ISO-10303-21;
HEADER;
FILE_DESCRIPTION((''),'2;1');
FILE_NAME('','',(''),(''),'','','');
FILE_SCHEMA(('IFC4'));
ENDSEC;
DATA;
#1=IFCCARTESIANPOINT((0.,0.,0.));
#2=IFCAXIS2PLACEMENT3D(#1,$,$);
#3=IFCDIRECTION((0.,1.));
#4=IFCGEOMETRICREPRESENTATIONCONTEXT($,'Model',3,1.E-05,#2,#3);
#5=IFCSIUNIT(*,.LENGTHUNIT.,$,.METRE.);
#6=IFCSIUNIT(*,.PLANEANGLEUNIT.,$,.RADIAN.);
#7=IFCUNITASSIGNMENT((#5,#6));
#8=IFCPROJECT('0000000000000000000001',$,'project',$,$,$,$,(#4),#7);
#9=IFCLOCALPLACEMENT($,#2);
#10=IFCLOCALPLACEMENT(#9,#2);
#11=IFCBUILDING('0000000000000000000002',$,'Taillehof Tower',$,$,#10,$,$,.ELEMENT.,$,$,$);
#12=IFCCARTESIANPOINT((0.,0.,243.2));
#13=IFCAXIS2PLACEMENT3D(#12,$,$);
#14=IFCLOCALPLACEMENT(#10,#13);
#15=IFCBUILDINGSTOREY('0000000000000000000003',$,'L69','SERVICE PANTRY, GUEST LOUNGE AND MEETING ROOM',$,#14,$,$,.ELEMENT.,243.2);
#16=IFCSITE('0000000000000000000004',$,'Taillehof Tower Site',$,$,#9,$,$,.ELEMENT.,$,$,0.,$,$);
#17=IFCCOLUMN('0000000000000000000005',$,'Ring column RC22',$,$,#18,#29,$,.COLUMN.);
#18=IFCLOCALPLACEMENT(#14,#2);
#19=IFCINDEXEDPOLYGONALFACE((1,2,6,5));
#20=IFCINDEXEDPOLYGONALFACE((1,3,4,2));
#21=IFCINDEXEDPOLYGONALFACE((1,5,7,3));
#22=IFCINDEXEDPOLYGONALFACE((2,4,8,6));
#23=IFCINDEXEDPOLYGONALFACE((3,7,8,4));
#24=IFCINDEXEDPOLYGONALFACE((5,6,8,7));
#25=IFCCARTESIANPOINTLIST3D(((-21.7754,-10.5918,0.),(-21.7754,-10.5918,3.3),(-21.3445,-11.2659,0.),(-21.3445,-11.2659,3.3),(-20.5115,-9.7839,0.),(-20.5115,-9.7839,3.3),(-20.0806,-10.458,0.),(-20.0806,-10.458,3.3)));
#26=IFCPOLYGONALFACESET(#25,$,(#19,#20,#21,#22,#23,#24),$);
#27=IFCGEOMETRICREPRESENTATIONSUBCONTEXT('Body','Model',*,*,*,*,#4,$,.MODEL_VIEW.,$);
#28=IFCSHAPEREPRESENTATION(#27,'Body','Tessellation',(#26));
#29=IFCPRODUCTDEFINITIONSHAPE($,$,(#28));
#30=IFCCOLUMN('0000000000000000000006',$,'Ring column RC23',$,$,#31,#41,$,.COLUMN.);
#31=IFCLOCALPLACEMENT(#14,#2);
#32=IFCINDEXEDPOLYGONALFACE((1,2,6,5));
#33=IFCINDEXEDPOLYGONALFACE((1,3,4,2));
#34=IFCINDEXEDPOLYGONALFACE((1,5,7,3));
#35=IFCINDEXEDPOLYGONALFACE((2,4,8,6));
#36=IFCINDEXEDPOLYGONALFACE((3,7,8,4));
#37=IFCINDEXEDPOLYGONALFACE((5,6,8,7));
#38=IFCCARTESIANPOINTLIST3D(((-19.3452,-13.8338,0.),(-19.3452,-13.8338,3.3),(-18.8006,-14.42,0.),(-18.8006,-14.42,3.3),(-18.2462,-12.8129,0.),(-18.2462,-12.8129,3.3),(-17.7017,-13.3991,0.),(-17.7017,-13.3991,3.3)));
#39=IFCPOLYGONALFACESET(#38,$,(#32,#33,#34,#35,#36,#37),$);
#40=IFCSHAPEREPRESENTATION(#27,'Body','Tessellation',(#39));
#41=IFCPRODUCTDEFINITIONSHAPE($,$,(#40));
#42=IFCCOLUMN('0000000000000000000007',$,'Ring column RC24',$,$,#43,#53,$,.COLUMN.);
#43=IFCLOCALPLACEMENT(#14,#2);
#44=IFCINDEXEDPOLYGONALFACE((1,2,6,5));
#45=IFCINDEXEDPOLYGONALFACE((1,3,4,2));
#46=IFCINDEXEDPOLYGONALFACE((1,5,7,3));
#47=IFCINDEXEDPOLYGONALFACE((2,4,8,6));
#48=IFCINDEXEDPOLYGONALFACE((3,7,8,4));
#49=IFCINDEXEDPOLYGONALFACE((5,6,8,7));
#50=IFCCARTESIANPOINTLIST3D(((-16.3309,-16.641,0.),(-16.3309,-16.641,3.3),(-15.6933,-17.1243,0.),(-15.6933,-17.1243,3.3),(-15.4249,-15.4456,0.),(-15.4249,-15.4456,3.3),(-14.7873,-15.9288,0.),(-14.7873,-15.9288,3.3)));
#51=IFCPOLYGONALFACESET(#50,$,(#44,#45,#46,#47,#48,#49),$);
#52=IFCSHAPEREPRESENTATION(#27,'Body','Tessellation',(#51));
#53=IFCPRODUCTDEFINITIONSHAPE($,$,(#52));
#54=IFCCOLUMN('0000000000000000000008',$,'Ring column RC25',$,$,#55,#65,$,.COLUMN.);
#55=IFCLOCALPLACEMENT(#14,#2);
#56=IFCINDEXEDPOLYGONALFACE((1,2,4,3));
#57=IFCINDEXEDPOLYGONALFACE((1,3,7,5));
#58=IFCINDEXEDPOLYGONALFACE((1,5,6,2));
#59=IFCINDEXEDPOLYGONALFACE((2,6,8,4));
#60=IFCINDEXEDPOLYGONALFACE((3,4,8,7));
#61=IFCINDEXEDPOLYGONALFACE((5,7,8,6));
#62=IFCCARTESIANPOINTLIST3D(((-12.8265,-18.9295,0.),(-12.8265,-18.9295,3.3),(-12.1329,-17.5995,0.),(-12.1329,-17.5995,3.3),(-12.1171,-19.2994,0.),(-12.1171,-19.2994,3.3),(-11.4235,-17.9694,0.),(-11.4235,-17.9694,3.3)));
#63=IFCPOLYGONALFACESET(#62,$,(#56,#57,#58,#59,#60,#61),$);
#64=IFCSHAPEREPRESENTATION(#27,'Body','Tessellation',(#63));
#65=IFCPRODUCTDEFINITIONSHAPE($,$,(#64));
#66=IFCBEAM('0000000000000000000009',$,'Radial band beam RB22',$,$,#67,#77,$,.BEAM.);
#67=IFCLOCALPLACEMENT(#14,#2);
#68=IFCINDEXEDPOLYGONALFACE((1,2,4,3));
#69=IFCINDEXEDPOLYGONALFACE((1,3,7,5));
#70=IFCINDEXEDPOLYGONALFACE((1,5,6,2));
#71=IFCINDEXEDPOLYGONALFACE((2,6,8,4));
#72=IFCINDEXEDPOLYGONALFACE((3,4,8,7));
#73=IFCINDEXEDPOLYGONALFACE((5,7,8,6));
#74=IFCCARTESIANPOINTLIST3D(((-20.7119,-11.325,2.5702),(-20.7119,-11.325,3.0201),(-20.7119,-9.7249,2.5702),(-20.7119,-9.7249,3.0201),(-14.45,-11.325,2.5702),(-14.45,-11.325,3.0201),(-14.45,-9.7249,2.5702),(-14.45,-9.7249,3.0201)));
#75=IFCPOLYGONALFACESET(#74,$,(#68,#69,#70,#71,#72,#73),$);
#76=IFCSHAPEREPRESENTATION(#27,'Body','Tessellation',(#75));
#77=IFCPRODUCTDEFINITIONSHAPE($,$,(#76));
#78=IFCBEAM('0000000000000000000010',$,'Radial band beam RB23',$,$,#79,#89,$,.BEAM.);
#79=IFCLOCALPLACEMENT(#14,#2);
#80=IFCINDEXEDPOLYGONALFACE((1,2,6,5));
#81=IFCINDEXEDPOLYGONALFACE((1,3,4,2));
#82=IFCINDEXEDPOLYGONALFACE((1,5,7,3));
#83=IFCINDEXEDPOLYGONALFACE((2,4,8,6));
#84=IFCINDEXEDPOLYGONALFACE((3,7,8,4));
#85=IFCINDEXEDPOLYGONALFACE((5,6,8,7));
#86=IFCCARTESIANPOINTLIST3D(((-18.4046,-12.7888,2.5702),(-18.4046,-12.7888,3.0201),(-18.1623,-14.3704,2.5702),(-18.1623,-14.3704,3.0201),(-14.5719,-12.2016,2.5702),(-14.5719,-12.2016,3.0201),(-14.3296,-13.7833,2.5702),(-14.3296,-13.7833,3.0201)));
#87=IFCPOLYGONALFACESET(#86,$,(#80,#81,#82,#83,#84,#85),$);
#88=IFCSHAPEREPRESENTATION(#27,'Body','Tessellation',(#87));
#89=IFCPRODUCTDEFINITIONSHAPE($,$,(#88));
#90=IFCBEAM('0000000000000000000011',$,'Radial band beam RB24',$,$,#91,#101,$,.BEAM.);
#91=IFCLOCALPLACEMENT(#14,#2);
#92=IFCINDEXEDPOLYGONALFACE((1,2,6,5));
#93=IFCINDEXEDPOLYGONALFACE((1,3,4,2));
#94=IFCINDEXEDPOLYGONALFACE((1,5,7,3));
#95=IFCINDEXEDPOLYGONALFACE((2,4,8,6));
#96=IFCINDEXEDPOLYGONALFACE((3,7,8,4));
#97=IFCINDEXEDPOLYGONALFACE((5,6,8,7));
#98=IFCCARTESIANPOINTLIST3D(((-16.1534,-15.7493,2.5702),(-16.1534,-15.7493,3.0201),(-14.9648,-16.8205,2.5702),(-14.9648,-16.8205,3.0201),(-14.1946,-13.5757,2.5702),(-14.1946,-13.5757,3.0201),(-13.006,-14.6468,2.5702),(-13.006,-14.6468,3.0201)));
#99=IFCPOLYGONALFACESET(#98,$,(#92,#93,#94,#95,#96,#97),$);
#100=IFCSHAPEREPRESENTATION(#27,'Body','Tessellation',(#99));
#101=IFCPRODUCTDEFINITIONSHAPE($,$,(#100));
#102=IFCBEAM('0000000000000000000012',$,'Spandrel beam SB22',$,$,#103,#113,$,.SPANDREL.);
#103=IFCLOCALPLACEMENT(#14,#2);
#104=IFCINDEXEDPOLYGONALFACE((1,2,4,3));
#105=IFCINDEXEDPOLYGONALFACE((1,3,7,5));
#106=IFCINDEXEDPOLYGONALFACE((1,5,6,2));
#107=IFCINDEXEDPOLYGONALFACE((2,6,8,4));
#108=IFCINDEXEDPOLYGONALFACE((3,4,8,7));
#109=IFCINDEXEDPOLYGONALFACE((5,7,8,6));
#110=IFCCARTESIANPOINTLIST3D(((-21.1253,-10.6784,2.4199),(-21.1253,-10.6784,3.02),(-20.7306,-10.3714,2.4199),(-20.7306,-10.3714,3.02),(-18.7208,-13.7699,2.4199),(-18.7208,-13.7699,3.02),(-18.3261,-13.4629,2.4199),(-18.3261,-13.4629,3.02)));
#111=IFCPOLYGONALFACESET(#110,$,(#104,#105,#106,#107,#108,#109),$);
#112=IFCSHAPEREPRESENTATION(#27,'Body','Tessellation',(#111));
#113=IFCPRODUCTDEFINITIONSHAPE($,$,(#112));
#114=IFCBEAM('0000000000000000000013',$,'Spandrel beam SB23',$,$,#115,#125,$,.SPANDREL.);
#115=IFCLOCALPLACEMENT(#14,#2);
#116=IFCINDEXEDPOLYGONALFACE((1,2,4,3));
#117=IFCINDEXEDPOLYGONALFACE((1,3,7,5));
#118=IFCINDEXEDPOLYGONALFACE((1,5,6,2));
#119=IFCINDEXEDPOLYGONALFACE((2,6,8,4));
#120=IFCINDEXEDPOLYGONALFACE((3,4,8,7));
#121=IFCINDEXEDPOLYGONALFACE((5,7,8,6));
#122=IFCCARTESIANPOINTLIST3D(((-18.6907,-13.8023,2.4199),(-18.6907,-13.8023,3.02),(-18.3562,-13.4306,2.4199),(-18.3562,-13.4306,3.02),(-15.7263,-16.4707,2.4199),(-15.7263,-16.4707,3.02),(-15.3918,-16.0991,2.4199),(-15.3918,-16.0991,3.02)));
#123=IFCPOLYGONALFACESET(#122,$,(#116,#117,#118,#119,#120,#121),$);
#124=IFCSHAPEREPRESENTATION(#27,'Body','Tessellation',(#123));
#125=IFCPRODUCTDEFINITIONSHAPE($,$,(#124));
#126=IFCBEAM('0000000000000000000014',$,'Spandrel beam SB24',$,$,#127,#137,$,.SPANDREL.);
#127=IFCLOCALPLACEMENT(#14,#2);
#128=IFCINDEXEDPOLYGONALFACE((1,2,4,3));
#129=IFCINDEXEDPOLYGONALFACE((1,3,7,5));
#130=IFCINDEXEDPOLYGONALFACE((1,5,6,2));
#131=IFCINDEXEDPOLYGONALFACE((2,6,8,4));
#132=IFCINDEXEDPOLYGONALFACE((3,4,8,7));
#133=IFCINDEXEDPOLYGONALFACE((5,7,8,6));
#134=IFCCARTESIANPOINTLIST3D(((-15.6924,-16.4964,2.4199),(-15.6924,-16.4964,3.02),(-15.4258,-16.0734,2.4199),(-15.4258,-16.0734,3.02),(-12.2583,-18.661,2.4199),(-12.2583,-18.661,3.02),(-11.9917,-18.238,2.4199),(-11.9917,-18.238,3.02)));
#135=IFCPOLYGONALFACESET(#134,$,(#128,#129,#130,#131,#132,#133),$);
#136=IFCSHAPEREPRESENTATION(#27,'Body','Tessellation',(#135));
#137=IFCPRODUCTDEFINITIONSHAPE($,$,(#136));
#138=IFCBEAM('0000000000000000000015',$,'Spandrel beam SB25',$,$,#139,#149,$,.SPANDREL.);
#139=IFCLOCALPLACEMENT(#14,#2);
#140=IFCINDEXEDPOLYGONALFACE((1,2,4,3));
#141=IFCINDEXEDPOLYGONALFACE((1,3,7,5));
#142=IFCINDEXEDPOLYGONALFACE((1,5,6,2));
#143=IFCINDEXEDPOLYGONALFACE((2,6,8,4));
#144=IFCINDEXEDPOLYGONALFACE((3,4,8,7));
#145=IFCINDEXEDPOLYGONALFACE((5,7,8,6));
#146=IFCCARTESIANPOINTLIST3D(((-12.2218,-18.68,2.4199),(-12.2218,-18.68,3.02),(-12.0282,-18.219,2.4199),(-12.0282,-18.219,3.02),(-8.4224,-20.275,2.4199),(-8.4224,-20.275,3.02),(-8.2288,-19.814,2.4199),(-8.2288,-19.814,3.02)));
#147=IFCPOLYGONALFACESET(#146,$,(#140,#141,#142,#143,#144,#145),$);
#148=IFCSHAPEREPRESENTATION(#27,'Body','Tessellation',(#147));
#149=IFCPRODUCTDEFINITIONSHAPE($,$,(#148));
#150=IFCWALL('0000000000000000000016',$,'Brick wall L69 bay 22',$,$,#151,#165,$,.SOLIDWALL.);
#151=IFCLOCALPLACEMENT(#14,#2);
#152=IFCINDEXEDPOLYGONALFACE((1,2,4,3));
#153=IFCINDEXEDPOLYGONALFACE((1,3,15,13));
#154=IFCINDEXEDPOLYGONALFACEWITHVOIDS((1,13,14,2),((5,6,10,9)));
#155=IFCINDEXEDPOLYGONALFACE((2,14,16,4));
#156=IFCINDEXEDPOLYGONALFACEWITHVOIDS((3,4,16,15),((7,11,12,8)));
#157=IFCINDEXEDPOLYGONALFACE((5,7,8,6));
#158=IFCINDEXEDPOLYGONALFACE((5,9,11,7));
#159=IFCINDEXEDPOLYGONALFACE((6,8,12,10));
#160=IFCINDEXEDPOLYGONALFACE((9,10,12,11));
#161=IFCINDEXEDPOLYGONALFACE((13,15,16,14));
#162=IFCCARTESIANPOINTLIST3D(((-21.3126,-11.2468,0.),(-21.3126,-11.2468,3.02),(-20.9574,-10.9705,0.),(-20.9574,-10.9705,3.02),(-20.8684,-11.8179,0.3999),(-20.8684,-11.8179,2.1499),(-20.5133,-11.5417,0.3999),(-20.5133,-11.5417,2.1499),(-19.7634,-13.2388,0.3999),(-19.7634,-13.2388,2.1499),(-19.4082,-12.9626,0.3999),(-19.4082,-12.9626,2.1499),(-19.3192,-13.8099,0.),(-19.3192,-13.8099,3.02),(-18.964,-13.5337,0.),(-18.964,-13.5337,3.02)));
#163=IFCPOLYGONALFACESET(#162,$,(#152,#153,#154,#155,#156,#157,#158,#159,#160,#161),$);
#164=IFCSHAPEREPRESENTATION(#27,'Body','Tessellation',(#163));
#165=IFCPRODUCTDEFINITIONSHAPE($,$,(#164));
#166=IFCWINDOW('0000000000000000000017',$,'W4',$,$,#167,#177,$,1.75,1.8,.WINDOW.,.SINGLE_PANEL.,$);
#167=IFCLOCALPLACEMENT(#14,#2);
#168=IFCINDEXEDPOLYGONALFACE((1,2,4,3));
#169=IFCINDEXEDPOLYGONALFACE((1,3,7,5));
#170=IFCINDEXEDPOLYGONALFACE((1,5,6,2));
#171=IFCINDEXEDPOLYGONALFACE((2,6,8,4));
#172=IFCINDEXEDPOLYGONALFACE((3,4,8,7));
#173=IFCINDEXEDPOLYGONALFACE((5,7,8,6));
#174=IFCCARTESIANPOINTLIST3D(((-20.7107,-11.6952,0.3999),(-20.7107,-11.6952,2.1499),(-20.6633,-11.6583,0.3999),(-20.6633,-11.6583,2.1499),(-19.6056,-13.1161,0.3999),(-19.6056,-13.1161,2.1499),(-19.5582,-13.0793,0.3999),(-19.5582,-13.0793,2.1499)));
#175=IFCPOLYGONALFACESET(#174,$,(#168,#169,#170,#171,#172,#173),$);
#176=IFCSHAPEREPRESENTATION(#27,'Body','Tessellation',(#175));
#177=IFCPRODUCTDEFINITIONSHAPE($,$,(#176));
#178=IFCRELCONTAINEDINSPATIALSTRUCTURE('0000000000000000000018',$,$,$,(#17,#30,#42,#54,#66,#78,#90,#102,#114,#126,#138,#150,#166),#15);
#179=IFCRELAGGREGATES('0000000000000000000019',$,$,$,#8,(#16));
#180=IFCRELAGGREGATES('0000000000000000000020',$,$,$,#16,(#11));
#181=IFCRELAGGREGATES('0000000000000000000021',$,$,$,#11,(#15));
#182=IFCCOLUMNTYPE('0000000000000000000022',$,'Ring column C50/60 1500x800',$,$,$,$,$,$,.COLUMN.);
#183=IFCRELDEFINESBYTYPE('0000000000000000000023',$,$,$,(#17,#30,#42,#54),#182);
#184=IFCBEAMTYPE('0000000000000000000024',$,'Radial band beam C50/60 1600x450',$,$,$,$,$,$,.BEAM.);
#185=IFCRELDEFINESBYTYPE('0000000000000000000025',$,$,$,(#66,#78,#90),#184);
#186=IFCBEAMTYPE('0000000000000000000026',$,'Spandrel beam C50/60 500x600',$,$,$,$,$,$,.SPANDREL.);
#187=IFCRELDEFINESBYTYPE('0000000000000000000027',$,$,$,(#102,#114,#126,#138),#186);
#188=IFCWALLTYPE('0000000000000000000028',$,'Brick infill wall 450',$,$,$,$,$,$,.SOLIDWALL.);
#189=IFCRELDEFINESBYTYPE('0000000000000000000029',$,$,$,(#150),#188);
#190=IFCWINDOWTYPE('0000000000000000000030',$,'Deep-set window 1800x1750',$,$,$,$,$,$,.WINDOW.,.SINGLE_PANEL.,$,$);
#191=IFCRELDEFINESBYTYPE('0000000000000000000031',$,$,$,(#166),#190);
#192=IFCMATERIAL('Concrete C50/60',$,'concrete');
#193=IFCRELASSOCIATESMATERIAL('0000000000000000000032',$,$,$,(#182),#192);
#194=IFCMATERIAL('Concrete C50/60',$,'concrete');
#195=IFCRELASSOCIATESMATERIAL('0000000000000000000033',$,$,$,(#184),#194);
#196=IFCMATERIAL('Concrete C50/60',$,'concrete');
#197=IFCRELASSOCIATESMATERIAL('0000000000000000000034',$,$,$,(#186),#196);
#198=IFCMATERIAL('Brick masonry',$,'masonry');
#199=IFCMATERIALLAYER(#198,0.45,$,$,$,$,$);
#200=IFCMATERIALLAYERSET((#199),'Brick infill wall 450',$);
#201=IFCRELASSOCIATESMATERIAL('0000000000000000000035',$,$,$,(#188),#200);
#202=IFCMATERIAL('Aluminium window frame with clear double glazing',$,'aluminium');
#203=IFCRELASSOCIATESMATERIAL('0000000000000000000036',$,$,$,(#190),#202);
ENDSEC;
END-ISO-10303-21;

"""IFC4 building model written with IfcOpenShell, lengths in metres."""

from ifc_helpers import new_model, si_unit, direction, frame, frame_2d, origin, origin_2d, place, context, subcontext, project, spatial, rectangle, extrude, material, layer, layer_set, material_profile, profile_set, type_object, element, fill, save


model = new_model("IFC4")

# Units and contexts
model_context = context("Model", 3, precision=1e-05, world=origin(), true_north=direction((0.0, 1.0)))
body_context = subcontext(model_context, "Body", "Model", "MODEL_VIEW")
ifc_project = project(units=[si_unit("LENGTHUNIT", "METRE"), si_unit("PLANEANGLEUNIT", "RADIAN")], contexts=[model_context])

# Site, building, storey
site_placement = place(None, origin())
site = spatial("IfcSite", under=ifc_project, at=site_placement, Name="Taillehof Tower Site", CompositionType="ELEMENT", RefElevation=0.0)
building_placement = place(site_placement, origin())
building = spatial("IfcBuilding", under=site, at=building_placement, Name="Taillehof Tower", CompositionType="ELEMENT")
storey_placement = place(building_placement, frame((0.0, 0.0, 243.2)))
storey = spatial("IfcBuildingStorey", under=building, at=storey_placement, Name="L69", Description="SERVICE PANTRY, GUEST LOUNGE AND MEETING ROOM", CompositionType="ELEMENT", Elevation=243.2)

# Columns
ifc_material_1 = material(Name="Concrete C50/60", Category="concrete")
ifc_material_profile_1 = material_profile(ifc_material_1, rectangle(XDim=1.5, YDim=0.8, at=origin_2d()), Name="RC 1500x800")
ifc_profile_set_1 = profile_set([ifc_material_profile_1], Name="Concrete C50/60")
column_type = type_object("IfcColumnType", Name="Ring column C50/60 1500x800", PredefinedType="COLUMN", material=ifc_profile_set_1)
for number, where, z_axis, x_axis, name in (
    (1, (-20.928, -10.5249, 0.0), (0.0, 0.0, 1.0), (-0.842574, -0.538581, 0.0), "Ring column RC22"),
    (2, (-18.5234, -13.6165, 0.0), (0.0, 0.0, 1.0), (-0.732636, -0.680621, 0.0), "Ring column RC23"),
    (3, (-15.5591, -16.2849, 0.0), (0.0, 0.0, 1.0), (-0.60402, -0.796969, 0.0), "Ring column RC24"),
    (4, (-12.125, -18.4495, 0.0), (0.0, 0.0, 1.0), (-0.462384, -0.88668, 0.0), "Ring column RC25"),
):
    element("IfcColumn", number, at=place(storey_placement, frame(where, z_axis=z_axis, x_axis=x_axis)), inside=storey, type_object=column_type, Name=name, PredefinedType="COLUMN", context=body_context, shape_type="SweptSolid", body=[
        extrude(rectangle(XDim=1.5, YDim=0.8, at=origin_2d()), origin(), (0.0, 0.0, 1.0), 3.3),
    ])

# Beams
ifc_material_2 = material(Name="Concrete C50/60", Category="concrete")
ifc_material_profile_2 = material_profile(ifc_material_2, rectangle(XDim=1.6001, YDim=0.45, at=origin_2d()), Name="RC 1600x450")
ifc_profile_set_2 = profile_set([ifc_material_profile_2], Name="Concrete C50/60")
beam_type_1 = type_object("IfcBeamType", Name="Radial band beam C50/60 1600x450", PredefinedType="BEAM", material=ifc_profile_set_2)
beam_1_placement = place(storey_placement, frame((-20.7119, -10.5249, 2.7952), z_axis=(1.0, 0.0, 0.0), x_axis=(0.0, 1.0, 0.0)))
element("IfcBeam", 5, at=beam_1_placement, inside=storey, type_object=beam_type_1, Name="Radial band beam RB22", PredefinedType="BEAM", context=body_context, shape_type="SweptSolid", body=[
    extrude(rectangle(XDim=1.6001, YDim=0.45, at=origin_2d()), origin(), (0.0, 0.0, 1.0), 6.262),
])
beam_2_placement = place(storey_placement, frame((-18.2834, -13.5796, 2.7952), z_axis=(0.988468, 0.151428, 0.0), x_axis=(-0.151428, 0.988468, 0.0)))
element("IfcBeam", 6, at=beam_2_placement, inside=storey, type_object=beam_type_1, Name="Radial band beam RB23", PredefinedType="BEAM", context=body_context, shape_type="SweptSolid", body=[
    extrude(rectangle(XDim=1.6001, YDim=0.45, at=origin_2d()), origin(), (0.0, 0.0, 1.0), 3.8774),
])
beam_3_placement = place(storey_placement, frame((-15.5591, -16.2849, 2.7952), z_axis=(0.669439, 0.742867, 0.0), x_axis=(-0.742867, 0.669439, 0.0)))
element("IfcBeam", 7, at=beam_3_placement, inside=storey, type_object=beam_type_1, Name="Radial band beam RB24", PredefinedType="BEAM", context=body_context, shape_type="SweptSolid", body=[
    extrude(rectangle(XDim=1.6001, YDim=0.45, at=origin_2d()), origin(), (0.0, 0.0, 1.0), 2.926),
])
ifc_material_3 = material(Name="Concrete C50/60", Category="concrete")
ifc_material_profile_3 = material_profile(ifc_material_3, rectangle(XDim=0.5, YDim=0.6001, at=origin_2d()), Name="RC 500x600")
ifc_profile_set_3 = profile_set([ifc_material_profile_3], Name="Concrete C50/60")
beam_type_2 = type_object("IfcBeamType", Name="Spandrel beam C50/60 500x600", PredefinedType="SPANDREL", material=ifc_profile_set_3)
beam_4_placement = place(storey_placement, frame((-20.928, -10.5249, 2.72), z_axis=(0.613941, -0.789352, 0.0), x_axis=(0.789352, 0.613941, 0.0)))
element("IfcBeam", 8, at=beam_4_placement, inside=storey, type_object=beam_type_2, Name="Spandrel beam SB22", PredefinedType="SPANDREL", context=body_context, shape_type="SweptSolid", body=[
    extrude(rectangle(XDim=0.5, YDim=0.6001, at=origin_2d()), origin(), (0.0, 0.0, 1.0), 3.9165),
])
beam_5_placement = place(storey_placement, frame((-18.5234, -13.6165, 2.72), z_axis=(0.743227, -0.669039, 0.0), x_axis=(0.669039, 0.743227, 0.0)))
element("IfcBeam", 9, at=beam_5_placement, inside=storey, type_object=beam_type_2, Name="Spandrel beam SB23", PredefinedType="SPANDREL", context=body_context, shape_type="SweptSolid", body=[
    extrude(rectangle(XDim=0.5, YDim=0.6001, at=origin_2d()), origin(), (0.0, 0.0, 1.0), 3.9885),
])
beam_6_placement = place(storey_placement, frame((-15.5591, -16.2849, 2.72), z_axis=(0.845972, -0.533228, 0.0), x_axis=(0.533228, 0.845972, 0.0)))
element("IfcBeam", 10, at=beam_6_placement, inside=storey, type_object=beam_type_2, Name="Spandrel beam SB24", PredefinedType="SPANDREL", context=body_context, shape_type="SweptSolid", body=[
    extrude(rectangle(XDim=0.5, YDim=0.6001, at=origin_2d()), origin(), (0.0, 0.0, 1.0), 4.0593),
])
beam_7_placement = place(storey_placement, frame((-12.125, -18.4495, 2.72), z_axis=(0.922046, -0.387079, 0.0), x_axis=(0.387079, 0.922046, 0.0)))
element("IfcBeam", 11, at=beam_7_placement, inside=storey, type_object=beam_type_2, Name="Spandrel beam SB25", PredefinedType="SPANDREL", context=body_context, shape_type="SweptSolid", body=[
    extrude(rectangle(XDim=0.5, YDim=0.6001, at=origin_2d()), origin(), (0.0, 0.0, 1.0), 4.1206),
])

# Wall, opening, window
ifc_material_4 = material(Name="Brick masonry", Category="masonry")
ifc_layer_1 = layer(ifc_material_4, 0.45)
ifc_layer_set_1 = layer_set([ifc_layer_1], Name="Brick infill wall 450")
wall_type_1 = type_object("IfcWallType", Name="Brick infill wall 450", PredefinedType="SOLIDWALL", material=ifc_layer_set_1)
wall_1_placement = place(storey_placement, frame((-21.135, -11.1086, 0.0), z_axis=(0.0, 0.0, 1.0), x_axis=(0.613899, -0.789385, 0.0)))
wall_1 = element("IfcWall", 12, at=wall_1_placement, inside=storey, type_object=wall_type_1, Name="Brick wall L69 bay 22", PredefinedType="SOLIDWALL", context=body_context, shape_type="SweptSolid", body=[
    extrude(rectangle(XDim=3.2471, YDim=0.45, at=frame_2d((1.6235, 0.0))), origin(), (0.0, 0.0, 1.0), 3.02),
])
opening_1_placement = place(wall_1_placement, frame((0.7236, 0.0, 0.3999)))
opening_1 = element("IfcOpeningElement", 13, at=opening_1_placement, cuts=wall_1, PredefinedType="OPENING", context=body_context, shape_type="SweptSolid", body=[
    extrude(rectangle(XDim=1.8, YDim=1.75, at=frame_2d((0.8999, 0.875))), frame((0.0, 0.2349, 0.0), z_axis=(0.0, -1.0, 0.0), x_axis=(1.0, 0.0, 0.0)), (0.0, 0.0, 1.0), 0.47),
])
ifc_material_5 = material(Name="Aluminium window frame with clear double glazing", Category="aluminium")
window_type = type_object("IfcWindowType", Name="Deep-set window 1800x1750", PartitioningType="SINGLE_PANEL", PredefinedType="WINDOW", material=ifc_material_5)
window_1_placement = place(opening_1_placement, origin())
window_1 = element("IfcWindow", 14, at=window_1_placement, inside=storey, type_object=window_type, Name="W4", OverallHeight=1.75, OverallWidth=1.8, PartitioningType="SINGLE_PANEL", PredefinedType="WINDOW", context=body_context, shape_type="SweptSolid", body=[
    extrude(rectangle(XDim=1.8, YDim=1.75, at=frame_2d((0.8999, 0.875))), frame((0.0, 0.0349, 0.0), z_axis=(0.0, -1.0, 0.0), x_axis=(1.0, 0.0, 0.0)), (0.0, 0.0, 1.0), 0.0601),
])
fill(opening_1, window_1)

save(model, "model.ifc")
